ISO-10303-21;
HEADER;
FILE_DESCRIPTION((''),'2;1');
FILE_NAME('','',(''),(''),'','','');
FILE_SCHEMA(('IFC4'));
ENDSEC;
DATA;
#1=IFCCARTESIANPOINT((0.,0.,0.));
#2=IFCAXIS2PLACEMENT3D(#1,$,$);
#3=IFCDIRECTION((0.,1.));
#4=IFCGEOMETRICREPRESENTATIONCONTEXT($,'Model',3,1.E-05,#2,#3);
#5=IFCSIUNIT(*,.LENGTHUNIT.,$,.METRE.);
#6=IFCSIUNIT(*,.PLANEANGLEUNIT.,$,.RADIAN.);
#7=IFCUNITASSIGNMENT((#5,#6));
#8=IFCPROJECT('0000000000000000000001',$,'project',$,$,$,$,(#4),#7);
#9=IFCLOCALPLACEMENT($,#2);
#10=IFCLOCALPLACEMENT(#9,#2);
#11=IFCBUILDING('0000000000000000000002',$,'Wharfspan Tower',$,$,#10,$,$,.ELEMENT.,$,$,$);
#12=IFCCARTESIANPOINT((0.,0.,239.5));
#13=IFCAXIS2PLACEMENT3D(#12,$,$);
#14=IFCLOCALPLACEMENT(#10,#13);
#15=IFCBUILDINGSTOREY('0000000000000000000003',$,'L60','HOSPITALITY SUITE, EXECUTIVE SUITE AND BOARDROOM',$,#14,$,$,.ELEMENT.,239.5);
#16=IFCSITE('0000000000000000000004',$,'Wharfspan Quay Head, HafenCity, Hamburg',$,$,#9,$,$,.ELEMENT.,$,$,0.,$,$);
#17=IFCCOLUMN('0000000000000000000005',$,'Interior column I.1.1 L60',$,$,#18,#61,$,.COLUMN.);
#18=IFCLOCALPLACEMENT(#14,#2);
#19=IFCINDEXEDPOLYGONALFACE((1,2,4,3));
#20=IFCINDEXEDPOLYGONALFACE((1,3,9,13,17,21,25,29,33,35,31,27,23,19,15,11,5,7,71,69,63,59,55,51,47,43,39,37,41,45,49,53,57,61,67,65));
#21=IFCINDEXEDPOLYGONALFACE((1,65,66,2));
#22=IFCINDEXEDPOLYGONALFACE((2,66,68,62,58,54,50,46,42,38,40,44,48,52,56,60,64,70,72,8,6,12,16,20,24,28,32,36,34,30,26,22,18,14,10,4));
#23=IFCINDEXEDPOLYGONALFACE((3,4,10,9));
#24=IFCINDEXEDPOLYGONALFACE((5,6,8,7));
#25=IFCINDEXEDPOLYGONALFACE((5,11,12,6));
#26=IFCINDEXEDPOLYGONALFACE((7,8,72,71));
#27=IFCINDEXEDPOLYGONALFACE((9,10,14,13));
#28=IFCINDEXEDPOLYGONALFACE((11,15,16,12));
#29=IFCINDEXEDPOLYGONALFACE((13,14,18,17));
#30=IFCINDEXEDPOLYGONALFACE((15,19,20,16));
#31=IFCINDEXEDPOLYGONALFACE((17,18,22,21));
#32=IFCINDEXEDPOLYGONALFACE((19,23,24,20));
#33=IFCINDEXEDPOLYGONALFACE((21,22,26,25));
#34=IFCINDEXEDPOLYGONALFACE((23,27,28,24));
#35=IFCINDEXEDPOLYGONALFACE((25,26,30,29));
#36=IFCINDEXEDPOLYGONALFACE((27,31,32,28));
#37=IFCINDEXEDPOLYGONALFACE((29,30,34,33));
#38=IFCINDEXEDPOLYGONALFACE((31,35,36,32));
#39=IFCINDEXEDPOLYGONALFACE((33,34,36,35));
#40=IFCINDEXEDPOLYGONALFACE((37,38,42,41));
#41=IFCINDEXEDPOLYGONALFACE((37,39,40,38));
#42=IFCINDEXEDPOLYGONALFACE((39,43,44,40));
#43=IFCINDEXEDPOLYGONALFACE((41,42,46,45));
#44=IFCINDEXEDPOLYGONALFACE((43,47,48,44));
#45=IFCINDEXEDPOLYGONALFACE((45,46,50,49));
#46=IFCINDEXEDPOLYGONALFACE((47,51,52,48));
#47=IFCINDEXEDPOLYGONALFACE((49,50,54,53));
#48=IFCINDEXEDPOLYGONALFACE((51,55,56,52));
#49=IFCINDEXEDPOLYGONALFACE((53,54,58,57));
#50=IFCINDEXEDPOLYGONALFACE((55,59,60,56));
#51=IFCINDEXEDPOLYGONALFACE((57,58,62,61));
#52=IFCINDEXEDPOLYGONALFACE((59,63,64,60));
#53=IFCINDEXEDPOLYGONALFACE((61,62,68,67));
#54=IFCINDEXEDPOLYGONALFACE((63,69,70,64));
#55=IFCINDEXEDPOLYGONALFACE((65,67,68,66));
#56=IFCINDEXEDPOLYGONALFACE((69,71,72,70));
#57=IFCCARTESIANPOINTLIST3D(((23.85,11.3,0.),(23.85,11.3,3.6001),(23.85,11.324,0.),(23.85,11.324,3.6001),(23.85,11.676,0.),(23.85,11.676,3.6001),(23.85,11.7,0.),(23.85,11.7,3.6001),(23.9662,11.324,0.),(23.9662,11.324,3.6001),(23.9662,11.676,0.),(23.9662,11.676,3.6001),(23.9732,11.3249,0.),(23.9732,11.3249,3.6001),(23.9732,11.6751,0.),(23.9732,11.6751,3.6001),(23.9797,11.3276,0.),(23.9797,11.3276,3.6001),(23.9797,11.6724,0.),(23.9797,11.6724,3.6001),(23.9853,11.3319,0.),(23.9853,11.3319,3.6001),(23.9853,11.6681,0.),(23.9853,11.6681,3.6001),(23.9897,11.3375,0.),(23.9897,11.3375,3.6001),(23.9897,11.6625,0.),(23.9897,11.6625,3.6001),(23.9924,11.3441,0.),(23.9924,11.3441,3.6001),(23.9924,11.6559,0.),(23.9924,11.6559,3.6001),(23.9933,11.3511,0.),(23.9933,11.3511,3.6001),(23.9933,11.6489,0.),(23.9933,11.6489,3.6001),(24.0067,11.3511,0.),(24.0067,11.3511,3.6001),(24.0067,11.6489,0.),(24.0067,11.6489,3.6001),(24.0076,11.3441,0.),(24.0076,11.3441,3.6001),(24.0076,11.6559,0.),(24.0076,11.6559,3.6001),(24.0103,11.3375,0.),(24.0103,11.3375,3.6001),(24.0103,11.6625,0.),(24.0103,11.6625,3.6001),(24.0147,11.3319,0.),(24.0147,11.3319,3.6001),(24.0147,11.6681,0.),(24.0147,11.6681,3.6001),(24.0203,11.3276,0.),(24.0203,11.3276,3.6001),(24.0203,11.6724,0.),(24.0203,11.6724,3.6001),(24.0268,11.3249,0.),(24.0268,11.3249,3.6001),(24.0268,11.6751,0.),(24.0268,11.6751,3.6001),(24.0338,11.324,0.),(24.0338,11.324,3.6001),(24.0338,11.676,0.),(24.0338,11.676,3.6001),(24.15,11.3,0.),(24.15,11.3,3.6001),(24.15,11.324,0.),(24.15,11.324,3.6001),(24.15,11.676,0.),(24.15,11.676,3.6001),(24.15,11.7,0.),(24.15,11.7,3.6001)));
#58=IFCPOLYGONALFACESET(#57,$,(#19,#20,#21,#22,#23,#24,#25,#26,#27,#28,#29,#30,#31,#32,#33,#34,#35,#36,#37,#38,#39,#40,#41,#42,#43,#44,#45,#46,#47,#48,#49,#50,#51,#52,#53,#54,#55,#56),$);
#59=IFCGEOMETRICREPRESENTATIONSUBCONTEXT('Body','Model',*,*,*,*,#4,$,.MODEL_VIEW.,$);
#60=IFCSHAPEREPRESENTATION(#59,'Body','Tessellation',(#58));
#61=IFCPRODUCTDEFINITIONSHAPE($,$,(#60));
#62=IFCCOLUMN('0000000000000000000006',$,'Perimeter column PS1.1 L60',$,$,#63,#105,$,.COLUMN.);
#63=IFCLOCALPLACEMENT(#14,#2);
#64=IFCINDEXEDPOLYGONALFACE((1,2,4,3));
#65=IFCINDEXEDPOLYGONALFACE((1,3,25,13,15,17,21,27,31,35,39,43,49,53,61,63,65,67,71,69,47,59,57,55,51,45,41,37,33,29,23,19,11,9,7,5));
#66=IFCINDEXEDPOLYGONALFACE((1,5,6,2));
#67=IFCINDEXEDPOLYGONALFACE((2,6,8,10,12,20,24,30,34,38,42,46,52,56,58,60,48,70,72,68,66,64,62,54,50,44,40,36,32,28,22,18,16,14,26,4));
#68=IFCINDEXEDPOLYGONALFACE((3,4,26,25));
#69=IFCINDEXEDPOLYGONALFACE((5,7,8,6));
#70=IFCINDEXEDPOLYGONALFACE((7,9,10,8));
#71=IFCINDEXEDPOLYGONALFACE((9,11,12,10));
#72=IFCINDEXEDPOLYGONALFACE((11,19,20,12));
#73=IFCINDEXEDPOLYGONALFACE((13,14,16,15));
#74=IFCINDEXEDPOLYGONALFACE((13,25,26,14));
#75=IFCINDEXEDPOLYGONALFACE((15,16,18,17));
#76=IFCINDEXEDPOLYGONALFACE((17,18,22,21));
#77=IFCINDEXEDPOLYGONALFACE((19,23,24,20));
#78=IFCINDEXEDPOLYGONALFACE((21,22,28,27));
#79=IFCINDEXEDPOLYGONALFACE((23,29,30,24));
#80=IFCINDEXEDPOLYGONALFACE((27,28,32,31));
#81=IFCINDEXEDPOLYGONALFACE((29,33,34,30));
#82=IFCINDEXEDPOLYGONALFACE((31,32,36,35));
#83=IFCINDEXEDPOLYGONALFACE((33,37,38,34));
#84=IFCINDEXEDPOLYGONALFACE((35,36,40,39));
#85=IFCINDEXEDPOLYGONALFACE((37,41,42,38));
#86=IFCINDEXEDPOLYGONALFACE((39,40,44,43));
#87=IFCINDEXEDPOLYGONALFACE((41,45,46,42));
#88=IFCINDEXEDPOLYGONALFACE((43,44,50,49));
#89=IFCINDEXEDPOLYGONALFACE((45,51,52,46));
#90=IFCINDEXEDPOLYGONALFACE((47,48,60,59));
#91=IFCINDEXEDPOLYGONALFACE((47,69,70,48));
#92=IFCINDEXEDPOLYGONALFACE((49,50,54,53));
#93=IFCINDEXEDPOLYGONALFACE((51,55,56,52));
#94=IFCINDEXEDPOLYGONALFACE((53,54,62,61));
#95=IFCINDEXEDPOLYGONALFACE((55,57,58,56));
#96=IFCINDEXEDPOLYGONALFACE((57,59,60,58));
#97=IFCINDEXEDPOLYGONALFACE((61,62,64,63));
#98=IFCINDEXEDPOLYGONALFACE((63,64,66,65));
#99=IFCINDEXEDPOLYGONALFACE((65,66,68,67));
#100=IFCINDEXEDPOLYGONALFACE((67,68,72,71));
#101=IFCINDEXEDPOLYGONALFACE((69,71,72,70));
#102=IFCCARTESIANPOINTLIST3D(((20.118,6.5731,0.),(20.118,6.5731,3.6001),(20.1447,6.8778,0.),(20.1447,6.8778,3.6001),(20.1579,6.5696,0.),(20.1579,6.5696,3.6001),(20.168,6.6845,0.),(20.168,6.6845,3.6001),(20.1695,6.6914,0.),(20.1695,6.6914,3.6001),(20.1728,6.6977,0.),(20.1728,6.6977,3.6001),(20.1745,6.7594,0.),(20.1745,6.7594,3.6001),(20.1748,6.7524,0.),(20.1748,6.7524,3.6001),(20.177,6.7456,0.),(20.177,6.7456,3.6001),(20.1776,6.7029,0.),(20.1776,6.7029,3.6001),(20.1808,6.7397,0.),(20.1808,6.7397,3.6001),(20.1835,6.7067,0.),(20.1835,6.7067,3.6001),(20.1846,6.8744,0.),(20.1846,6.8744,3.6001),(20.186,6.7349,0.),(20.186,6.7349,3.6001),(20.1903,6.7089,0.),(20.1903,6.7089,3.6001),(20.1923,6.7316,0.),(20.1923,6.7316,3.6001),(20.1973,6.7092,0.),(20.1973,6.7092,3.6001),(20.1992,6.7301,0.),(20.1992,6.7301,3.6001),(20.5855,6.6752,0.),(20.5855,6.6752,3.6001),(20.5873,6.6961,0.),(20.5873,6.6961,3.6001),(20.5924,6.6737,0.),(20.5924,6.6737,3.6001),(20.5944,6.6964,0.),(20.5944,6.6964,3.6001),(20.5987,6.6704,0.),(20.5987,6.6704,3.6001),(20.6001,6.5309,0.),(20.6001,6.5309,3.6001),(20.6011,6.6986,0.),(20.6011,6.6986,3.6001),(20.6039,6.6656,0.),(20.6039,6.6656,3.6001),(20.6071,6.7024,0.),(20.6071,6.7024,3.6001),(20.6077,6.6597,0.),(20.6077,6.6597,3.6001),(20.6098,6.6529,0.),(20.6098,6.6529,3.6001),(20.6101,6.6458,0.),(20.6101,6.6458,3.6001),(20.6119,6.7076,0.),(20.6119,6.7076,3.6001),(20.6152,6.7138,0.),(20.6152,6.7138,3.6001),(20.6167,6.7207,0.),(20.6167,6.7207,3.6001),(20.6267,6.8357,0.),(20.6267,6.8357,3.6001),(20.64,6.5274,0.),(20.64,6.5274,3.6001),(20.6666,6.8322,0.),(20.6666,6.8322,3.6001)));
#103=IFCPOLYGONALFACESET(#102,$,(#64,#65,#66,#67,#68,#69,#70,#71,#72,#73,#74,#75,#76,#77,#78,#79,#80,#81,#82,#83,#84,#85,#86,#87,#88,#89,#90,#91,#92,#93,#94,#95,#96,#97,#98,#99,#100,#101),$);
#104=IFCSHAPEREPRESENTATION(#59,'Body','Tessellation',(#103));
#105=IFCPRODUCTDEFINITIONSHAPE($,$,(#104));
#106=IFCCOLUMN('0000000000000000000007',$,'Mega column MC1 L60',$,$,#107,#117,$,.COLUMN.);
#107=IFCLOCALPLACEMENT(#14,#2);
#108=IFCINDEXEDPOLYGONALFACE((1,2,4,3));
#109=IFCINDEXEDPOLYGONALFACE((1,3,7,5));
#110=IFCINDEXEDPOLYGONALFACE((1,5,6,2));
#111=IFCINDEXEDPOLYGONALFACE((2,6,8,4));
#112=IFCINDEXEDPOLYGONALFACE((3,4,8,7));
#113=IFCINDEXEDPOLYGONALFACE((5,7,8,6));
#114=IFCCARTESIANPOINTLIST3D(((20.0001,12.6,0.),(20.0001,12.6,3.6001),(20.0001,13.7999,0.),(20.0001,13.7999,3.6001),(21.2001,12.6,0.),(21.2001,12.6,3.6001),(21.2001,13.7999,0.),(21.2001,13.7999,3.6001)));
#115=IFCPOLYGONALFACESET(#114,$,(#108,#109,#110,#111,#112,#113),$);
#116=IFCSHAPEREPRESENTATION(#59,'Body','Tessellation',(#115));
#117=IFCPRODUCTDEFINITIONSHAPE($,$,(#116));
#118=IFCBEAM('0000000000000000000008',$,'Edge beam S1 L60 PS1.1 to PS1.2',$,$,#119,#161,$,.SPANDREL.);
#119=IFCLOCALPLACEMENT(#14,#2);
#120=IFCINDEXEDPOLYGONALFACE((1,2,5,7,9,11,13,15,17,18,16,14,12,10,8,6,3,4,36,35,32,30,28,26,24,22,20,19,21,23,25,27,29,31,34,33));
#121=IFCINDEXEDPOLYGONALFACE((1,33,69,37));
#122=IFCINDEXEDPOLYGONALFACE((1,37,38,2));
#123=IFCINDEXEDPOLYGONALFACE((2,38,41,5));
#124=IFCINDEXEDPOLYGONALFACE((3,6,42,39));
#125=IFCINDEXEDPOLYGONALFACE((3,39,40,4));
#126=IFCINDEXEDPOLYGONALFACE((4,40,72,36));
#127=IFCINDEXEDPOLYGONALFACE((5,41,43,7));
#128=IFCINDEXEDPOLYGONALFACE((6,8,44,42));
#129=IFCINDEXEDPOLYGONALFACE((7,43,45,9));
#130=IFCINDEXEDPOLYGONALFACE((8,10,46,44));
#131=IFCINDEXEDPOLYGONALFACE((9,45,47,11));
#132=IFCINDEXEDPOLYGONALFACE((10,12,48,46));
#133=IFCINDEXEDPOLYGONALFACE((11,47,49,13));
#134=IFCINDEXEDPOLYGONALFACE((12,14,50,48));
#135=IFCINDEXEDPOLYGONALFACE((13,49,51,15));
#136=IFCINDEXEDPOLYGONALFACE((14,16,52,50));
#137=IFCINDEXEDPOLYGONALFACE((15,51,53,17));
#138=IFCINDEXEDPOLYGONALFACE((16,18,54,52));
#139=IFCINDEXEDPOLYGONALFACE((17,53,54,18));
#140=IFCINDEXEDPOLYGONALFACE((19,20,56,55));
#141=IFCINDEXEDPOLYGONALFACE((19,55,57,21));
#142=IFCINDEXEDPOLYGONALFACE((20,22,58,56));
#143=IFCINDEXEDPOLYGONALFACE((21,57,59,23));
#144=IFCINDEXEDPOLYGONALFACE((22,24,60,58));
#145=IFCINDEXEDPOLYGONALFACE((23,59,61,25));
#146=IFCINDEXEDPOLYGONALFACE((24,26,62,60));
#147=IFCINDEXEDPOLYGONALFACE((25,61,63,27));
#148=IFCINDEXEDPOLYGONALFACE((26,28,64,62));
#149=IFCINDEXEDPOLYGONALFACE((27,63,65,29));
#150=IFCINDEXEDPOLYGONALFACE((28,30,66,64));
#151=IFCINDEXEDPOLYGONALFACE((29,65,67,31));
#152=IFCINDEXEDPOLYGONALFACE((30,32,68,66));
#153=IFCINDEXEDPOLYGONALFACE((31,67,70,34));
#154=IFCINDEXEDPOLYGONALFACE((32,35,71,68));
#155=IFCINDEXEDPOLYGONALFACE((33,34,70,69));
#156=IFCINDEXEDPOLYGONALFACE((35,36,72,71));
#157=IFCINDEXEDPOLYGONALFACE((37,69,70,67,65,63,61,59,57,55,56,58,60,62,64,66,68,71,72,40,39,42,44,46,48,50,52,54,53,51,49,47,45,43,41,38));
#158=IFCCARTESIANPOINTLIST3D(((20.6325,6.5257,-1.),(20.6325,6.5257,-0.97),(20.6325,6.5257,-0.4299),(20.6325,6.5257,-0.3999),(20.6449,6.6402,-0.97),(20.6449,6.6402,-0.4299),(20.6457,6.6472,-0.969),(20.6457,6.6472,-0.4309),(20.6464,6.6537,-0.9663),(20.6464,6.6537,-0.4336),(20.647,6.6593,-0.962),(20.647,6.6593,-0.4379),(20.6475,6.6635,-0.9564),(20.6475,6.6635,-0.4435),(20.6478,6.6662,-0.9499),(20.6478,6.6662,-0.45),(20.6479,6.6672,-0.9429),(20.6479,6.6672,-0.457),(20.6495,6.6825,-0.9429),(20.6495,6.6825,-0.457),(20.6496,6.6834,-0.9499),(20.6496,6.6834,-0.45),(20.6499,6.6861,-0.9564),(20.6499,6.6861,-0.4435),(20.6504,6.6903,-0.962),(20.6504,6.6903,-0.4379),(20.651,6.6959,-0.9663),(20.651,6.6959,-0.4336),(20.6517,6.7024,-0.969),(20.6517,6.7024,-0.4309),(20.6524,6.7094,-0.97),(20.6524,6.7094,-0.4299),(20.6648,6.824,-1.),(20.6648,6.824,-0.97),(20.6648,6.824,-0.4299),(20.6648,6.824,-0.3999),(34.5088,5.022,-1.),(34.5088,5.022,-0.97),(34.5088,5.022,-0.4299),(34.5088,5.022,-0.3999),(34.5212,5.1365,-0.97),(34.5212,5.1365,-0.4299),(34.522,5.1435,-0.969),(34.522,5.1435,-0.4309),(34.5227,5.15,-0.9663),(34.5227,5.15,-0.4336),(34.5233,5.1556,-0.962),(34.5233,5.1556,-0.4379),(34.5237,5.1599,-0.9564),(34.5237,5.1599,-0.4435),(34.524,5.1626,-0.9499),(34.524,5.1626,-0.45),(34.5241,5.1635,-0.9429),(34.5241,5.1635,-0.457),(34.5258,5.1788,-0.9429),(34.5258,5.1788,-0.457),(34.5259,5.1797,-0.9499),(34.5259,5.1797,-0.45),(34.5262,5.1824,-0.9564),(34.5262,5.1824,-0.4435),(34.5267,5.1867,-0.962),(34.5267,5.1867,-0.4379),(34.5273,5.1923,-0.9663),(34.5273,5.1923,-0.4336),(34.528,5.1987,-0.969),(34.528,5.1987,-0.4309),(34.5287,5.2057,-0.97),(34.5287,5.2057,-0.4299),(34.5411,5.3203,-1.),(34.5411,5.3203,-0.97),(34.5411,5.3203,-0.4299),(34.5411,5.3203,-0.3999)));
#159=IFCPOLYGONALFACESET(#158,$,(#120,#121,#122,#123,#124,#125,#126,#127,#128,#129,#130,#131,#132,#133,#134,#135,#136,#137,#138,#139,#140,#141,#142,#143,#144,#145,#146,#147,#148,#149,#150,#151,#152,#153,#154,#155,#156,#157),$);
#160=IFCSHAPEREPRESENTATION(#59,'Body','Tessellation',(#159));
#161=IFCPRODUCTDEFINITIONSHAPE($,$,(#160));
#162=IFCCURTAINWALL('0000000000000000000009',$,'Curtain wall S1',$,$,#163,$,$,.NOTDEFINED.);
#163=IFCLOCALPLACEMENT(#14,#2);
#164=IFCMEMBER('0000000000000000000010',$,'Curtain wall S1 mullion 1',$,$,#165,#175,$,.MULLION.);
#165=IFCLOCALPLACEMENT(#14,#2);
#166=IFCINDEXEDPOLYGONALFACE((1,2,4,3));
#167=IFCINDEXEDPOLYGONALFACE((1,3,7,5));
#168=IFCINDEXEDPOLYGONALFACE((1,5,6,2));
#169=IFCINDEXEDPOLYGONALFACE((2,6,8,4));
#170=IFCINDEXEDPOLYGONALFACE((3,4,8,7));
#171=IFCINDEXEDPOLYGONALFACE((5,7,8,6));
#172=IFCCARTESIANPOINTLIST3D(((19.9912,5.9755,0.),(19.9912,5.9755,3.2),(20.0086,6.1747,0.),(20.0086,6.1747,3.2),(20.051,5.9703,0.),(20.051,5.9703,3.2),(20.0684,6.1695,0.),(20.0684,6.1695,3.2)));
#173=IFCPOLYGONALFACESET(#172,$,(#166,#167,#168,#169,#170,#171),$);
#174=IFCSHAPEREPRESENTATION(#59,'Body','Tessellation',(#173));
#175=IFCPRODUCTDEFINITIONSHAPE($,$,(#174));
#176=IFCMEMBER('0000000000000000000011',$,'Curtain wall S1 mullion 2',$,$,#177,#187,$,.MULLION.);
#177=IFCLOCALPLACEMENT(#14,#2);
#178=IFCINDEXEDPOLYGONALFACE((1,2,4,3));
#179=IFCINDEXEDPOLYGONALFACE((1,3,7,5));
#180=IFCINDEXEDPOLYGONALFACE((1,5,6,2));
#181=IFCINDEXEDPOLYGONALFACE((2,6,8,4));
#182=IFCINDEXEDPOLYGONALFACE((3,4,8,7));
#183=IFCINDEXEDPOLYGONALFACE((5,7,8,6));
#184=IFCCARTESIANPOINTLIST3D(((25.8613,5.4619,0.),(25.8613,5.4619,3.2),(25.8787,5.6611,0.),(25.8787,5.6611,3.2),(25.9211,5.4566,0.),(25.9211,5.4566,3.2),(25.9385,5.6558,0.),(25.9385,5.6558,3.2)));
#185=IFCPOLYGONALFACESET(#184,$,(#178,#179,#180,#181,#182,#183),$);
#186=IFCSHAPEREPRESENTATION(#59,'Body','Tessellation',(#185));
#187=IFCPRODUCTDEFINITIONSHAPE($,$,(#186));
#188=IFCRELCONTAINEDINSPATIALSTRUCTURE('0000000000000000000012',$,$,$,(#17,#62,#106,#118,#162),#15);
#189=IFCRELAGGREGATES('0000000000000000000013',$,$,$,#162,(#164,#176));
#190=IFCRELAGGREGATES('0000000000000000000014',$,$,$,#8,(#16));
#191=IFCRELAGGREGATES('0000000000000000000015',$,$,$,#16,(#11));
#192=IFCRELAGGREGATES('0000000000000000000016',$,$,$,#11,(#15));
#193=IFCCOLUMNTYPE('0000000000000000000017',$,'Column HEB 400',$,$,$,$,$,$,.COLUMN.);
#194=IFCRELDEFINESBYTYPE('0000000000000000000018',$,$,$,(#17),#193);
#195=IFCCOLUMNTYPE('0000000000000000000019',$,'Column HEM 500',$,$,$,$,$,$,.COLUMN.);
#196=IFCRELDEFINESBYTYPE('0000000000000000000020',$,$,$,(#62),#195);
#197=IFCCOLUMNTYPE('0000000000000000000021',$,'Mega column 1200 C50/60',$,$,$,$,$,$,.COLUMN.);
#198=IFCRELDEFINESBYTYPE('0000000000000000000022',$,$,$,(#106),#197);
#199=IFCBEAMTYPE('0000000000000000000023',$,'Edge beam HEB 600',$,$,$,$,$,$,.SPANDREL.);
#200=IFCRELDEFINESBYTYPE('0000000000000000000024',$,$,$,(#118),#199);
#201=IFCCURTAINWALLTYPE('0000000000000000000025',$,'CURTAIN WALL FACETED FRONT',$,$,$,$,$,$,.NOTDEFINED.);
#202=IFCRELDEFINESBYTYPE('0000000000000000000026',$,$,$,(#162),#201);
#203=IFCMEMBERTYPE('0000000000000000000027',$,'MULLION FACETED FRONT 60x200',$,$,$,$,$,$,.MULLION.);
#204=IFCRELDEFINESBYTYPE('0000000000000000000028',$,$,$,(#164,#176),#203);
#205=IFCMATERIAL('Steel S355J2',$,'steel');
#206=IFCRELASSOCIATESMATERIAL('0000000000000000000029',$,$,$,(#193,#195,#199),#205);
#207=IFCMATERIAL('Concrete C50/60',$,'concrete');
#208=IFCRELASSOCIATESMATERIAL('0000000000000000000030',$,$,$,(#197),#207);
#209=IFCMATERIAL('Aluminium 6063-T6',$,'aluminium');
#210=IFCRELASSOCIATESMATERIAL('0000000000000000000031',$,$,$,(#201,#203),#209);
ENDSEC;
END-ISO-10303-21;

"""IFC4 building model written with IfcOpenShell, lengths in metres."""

from ifc_helpers import new_model, si_unit, direction, frame, origin, origin_2d, place, context, subcontext, project, spatial, rectangle, i_section, extrude, material, material_profile, profile_set, type_object, element, aggregate, save


model = new_model("IFC4")

# Units and contexts
model_context = context("Model", 3, precision=1e-05, world=origin(), true_north=direction((0.0, 1.0)))
body_context = subcontext(model_context, "Body", "Model", "MODEL_VIEW")
ifc_project = project(units=[si_unit("LENGTHUNIT", "METRE"), si_unit("PLANEANGLEUNIT", "RADIAN")], contexts=[model_context])

# Site, building, storey
site_placement = place(None, origin())
site = spatial("IfcSite", under=ifc_project, at=site_placement, Name="Wharfspan Quay Head, HafenCity, Hamburg", CompositionType="ELEMENT", RefElevation=0.0)
building_placement = place(site_placement, origin())
building = spatial("IfcBuilding", under=site, at=building_placement, Name="Wharfspan Tower", CompositionType="ELEMENT")
storey_placement = place(building_placement, frame((0.0, 0.0, 239.5)))
storey = spatial("IfcBuildingStorey", under=building, at=storey_placement, Name="L60", Description="HOSPITALITY SUITE, EXECUTIVE SUITE AND BOARDROOM", CompositionType="ELEMENT", Elevation=239.5)

# Columns
ifc_material_1 = material(Name="Steel S355J2", Category="steel")
ifc_material_profile_1 = material_profile(ifc_material_1, i_section(OverallWidth=0.3, OverallDepth=0.3999, WebThickness=0.0134, FlangeThickness=0.0239, FilletRadius=0.0271, at=origin_2d()))
ifc_profile_set_1 = profile_set([ifc_material_profile_1], Name="Steel S355J2")
column_type_1 = type_object("IfcColumnType", Name="Column HEB 400", PredefinedType="COLUMN", material=ifc_profile_set_1)
column_1_placement = place(storey_placement, frame((24.0, 11.5, 0.0), z_axis=(0.0, 0.0, 1.0), x_axis=(1.0, 0.0, 0.0)))
element("IfcColumn", 1, at=column_1_placement, inside=storey, type_object=column_type_1, Name="Interior column I.1.1 L60", PredefinedType="COLUMN", context=body_context, shape_type="SweptSolid", body=[
    extrude(i_section(OverallWidth=0.3, OverallDepth=0.3999, WebThickness=0.0134, FlangeThickness=0.0239, FilletRadius=0.0271, at=origin_2d()), origin(), (0.0, 0.0, 1.0), 3.6001),
])
ifc_material_profile_2 = material_profile(ifc_material_1, i_section(OverallWidth=0.3059, OverallDepth=0.5239, WebThickness=0.021, FlangeThickness=0.04, FilletRadius=0.0271, at=origin_2d()))
ifc_profile_set_2 = profile_set([ifc_material_profile_2], Name="Steel S355J2")
column_type_2 = type_object("IfcColumnType", Name="Column HEM 500", PredefinedType="COLUMN", material=ifc_profile_set_2)
column_2_placement = place(storey_placement, frame((20.3923, 6.7026, 0.0), z_axis=(0.0, 0.0, 1.0), x_axis=(-0.087156, -0.996197, 0.0)))
element("IfcColumn", 2, at=column_2_placement, inside=storey, type_object=column_type_2, Name="Perimeter column PS1.1 L60", PredefinedType="COLUMN", context=body_context, shape_type="SweptSolid", body=[
    extrude(i_section(OverallWidth=0.3059, OverallDepth=0.5239, WebThickness=0.021, FlangeThickness=0.04, FilletRadius=0.0271, at=origin_2d()), origin(), (0.0, 0.0, 1.0), 3.6001),
])
ifc_material_2 = material(Name="Concrete C50/60", Category="concrete")
ifc_material_profile_3 = material_profile(ifc_material_2, rectangle(XDim=1.2, YDim=1.2, at=origin_2d()))
ifc_profile_set_3 = profile_set([ifc_material_profile_3], Name="Concrete C50/60")
column_type_3 = type_object("IfcColumnType", Name="Mega column 1200 C50/60", PredefinedType="COLUMN", material=ifc_profile_set_3)
column_3_placement = place(storey_placement, frame((20.6001, 13.2, 0.0), z_axis=(0.0, 0.0, 1.0), x_axis=(1.0, 0.0, 0.0)))
element("IfcColumn", 3, at=column_3_placement, inside=storey, type_object=column_type_3, Name="Mega column MC1 L60", PredefinedType="COLUMN", context=body_context, shape_type="SweptSolid", body=[
    extrude(rectangle(XDim=1.2, YDim=1.2, at=origin_2d()), origin(), (0.0, 0.0, 1.0), 3.6001),
])

# Beam
ifc_material_profile_4 = material_profile(ifc_material_1, i_section(OverallWidth=0.3, OverallDepth=0.6001, WebThickness=0.0154, FlangeThickness=0.03, FilletRadius=0.0271, at=origin_2d()))
ifc_profile_set_4 = profile_set([ifc_material_profile_4], Name="Steel S355J2")
beam_type = type_object("IfcBeamType", Name="Edge beam HEB 600", PredefinedType="SPANDREL", material=ifc_profile_set_4)
beam_placement = place(storey_placement, frame((20.6487, 6.6748, -0.7), z_axis=(0.99418, -0.107732, 0.0), x_axis=(0.107732, 0.99418, 0.0)))
element("IfcBeam", 4, at=beam_placement, inside=storey, type_object=beam_type, Name="Edge beam S1 L60 PS1.1 to PS1.2", PredefinedType="SPANDREL", context=body_context, shape_type="SweptSolid", body=[
    extrude(i_section(OverallWidth=0.3, OverallDepth=0.6001, WebThickness=0.0154, FlangeThickness=0.03, FilletRadius=0.0271, at=origin_2d()), origin(), (0.0, 0.0, 1.0), 13.9575),
])

# Curtain wall, members
ifc_material_3 = material(Name="Aluminium 6063-T6", Category="aluminium")
curtain_wall_type_1 = type_object("IfcCurtainWallType", Name="CURTAIN WALL FACETED FRONT", PredefinedType="NOTDEFINED", material=ifc_material_3)
curtain_wall_1_placement = place(storey_placement, origin())
curtain_wall_1 = element("IfcCurtainWall", 5, at=curtain_wall_1_placement, inside=storey, type_object=curtain_wall_type_1, Name="Curtain wall S1", PredefinedType="NOTDEFINED")
ifc_material_profile_5 = material_profile(ifc_material_3, rectangle(XDim=0.2, YDim=0.0601, at=origin_2d()))
ifc_profile_set_5 = profile_set([ifc_material_profile_5], Name="Aluminium 6063-T6")
member_type_1 = type_object("IfcMemberType", Name="MULLION FACETED FRONT 60x200", PredefinedType="MULLION", material=ifc_profile_set_5)
member_1_placement = place(storey_placement, frame((20.0298, 6.0725, 0.0), z_axis=(0.0, 0.0, 1.0), x_axis=(0.087156, 0.996197, 0.0)))
member_1 = element("IfcMember", 6, at=member_1_placement, type_object=member_type_1, Name="Curtain wall S1 mullion 1", PredefinedType="MULLION", context=body_context, shape_type="SweptSolid", body=[
    extrude(rectangle(XDim=0.2, YDim=0.0601, at=origin_2d()), origin(), (0.0, 0.0, 1.0), 3.2),
])
member_2_placement = place(storey_placement, frame((25.8999, 5.5588, 0.0), z_axis=(0.0, 0.0, 1.0), x_axis=(0.087156, 0.996197, 0.0)))
member_2 = element("IfcMember", 7, at=member_2_placement, type_object=member_type_1, Name="Curtain wall S1 mullion 2", PredefinedType="MULLION", context=body_context, shape_type="SweptSolid", body=[
    extrude(rectangle(XDim=0.2, YDim=0.0601, at=origin_2d()), origin(), (0.0, 0.0, 1.0), 3.2),
])

aggregate(curtain_wall_1, [member_1, member_2])

save(model, "model.ifc")
